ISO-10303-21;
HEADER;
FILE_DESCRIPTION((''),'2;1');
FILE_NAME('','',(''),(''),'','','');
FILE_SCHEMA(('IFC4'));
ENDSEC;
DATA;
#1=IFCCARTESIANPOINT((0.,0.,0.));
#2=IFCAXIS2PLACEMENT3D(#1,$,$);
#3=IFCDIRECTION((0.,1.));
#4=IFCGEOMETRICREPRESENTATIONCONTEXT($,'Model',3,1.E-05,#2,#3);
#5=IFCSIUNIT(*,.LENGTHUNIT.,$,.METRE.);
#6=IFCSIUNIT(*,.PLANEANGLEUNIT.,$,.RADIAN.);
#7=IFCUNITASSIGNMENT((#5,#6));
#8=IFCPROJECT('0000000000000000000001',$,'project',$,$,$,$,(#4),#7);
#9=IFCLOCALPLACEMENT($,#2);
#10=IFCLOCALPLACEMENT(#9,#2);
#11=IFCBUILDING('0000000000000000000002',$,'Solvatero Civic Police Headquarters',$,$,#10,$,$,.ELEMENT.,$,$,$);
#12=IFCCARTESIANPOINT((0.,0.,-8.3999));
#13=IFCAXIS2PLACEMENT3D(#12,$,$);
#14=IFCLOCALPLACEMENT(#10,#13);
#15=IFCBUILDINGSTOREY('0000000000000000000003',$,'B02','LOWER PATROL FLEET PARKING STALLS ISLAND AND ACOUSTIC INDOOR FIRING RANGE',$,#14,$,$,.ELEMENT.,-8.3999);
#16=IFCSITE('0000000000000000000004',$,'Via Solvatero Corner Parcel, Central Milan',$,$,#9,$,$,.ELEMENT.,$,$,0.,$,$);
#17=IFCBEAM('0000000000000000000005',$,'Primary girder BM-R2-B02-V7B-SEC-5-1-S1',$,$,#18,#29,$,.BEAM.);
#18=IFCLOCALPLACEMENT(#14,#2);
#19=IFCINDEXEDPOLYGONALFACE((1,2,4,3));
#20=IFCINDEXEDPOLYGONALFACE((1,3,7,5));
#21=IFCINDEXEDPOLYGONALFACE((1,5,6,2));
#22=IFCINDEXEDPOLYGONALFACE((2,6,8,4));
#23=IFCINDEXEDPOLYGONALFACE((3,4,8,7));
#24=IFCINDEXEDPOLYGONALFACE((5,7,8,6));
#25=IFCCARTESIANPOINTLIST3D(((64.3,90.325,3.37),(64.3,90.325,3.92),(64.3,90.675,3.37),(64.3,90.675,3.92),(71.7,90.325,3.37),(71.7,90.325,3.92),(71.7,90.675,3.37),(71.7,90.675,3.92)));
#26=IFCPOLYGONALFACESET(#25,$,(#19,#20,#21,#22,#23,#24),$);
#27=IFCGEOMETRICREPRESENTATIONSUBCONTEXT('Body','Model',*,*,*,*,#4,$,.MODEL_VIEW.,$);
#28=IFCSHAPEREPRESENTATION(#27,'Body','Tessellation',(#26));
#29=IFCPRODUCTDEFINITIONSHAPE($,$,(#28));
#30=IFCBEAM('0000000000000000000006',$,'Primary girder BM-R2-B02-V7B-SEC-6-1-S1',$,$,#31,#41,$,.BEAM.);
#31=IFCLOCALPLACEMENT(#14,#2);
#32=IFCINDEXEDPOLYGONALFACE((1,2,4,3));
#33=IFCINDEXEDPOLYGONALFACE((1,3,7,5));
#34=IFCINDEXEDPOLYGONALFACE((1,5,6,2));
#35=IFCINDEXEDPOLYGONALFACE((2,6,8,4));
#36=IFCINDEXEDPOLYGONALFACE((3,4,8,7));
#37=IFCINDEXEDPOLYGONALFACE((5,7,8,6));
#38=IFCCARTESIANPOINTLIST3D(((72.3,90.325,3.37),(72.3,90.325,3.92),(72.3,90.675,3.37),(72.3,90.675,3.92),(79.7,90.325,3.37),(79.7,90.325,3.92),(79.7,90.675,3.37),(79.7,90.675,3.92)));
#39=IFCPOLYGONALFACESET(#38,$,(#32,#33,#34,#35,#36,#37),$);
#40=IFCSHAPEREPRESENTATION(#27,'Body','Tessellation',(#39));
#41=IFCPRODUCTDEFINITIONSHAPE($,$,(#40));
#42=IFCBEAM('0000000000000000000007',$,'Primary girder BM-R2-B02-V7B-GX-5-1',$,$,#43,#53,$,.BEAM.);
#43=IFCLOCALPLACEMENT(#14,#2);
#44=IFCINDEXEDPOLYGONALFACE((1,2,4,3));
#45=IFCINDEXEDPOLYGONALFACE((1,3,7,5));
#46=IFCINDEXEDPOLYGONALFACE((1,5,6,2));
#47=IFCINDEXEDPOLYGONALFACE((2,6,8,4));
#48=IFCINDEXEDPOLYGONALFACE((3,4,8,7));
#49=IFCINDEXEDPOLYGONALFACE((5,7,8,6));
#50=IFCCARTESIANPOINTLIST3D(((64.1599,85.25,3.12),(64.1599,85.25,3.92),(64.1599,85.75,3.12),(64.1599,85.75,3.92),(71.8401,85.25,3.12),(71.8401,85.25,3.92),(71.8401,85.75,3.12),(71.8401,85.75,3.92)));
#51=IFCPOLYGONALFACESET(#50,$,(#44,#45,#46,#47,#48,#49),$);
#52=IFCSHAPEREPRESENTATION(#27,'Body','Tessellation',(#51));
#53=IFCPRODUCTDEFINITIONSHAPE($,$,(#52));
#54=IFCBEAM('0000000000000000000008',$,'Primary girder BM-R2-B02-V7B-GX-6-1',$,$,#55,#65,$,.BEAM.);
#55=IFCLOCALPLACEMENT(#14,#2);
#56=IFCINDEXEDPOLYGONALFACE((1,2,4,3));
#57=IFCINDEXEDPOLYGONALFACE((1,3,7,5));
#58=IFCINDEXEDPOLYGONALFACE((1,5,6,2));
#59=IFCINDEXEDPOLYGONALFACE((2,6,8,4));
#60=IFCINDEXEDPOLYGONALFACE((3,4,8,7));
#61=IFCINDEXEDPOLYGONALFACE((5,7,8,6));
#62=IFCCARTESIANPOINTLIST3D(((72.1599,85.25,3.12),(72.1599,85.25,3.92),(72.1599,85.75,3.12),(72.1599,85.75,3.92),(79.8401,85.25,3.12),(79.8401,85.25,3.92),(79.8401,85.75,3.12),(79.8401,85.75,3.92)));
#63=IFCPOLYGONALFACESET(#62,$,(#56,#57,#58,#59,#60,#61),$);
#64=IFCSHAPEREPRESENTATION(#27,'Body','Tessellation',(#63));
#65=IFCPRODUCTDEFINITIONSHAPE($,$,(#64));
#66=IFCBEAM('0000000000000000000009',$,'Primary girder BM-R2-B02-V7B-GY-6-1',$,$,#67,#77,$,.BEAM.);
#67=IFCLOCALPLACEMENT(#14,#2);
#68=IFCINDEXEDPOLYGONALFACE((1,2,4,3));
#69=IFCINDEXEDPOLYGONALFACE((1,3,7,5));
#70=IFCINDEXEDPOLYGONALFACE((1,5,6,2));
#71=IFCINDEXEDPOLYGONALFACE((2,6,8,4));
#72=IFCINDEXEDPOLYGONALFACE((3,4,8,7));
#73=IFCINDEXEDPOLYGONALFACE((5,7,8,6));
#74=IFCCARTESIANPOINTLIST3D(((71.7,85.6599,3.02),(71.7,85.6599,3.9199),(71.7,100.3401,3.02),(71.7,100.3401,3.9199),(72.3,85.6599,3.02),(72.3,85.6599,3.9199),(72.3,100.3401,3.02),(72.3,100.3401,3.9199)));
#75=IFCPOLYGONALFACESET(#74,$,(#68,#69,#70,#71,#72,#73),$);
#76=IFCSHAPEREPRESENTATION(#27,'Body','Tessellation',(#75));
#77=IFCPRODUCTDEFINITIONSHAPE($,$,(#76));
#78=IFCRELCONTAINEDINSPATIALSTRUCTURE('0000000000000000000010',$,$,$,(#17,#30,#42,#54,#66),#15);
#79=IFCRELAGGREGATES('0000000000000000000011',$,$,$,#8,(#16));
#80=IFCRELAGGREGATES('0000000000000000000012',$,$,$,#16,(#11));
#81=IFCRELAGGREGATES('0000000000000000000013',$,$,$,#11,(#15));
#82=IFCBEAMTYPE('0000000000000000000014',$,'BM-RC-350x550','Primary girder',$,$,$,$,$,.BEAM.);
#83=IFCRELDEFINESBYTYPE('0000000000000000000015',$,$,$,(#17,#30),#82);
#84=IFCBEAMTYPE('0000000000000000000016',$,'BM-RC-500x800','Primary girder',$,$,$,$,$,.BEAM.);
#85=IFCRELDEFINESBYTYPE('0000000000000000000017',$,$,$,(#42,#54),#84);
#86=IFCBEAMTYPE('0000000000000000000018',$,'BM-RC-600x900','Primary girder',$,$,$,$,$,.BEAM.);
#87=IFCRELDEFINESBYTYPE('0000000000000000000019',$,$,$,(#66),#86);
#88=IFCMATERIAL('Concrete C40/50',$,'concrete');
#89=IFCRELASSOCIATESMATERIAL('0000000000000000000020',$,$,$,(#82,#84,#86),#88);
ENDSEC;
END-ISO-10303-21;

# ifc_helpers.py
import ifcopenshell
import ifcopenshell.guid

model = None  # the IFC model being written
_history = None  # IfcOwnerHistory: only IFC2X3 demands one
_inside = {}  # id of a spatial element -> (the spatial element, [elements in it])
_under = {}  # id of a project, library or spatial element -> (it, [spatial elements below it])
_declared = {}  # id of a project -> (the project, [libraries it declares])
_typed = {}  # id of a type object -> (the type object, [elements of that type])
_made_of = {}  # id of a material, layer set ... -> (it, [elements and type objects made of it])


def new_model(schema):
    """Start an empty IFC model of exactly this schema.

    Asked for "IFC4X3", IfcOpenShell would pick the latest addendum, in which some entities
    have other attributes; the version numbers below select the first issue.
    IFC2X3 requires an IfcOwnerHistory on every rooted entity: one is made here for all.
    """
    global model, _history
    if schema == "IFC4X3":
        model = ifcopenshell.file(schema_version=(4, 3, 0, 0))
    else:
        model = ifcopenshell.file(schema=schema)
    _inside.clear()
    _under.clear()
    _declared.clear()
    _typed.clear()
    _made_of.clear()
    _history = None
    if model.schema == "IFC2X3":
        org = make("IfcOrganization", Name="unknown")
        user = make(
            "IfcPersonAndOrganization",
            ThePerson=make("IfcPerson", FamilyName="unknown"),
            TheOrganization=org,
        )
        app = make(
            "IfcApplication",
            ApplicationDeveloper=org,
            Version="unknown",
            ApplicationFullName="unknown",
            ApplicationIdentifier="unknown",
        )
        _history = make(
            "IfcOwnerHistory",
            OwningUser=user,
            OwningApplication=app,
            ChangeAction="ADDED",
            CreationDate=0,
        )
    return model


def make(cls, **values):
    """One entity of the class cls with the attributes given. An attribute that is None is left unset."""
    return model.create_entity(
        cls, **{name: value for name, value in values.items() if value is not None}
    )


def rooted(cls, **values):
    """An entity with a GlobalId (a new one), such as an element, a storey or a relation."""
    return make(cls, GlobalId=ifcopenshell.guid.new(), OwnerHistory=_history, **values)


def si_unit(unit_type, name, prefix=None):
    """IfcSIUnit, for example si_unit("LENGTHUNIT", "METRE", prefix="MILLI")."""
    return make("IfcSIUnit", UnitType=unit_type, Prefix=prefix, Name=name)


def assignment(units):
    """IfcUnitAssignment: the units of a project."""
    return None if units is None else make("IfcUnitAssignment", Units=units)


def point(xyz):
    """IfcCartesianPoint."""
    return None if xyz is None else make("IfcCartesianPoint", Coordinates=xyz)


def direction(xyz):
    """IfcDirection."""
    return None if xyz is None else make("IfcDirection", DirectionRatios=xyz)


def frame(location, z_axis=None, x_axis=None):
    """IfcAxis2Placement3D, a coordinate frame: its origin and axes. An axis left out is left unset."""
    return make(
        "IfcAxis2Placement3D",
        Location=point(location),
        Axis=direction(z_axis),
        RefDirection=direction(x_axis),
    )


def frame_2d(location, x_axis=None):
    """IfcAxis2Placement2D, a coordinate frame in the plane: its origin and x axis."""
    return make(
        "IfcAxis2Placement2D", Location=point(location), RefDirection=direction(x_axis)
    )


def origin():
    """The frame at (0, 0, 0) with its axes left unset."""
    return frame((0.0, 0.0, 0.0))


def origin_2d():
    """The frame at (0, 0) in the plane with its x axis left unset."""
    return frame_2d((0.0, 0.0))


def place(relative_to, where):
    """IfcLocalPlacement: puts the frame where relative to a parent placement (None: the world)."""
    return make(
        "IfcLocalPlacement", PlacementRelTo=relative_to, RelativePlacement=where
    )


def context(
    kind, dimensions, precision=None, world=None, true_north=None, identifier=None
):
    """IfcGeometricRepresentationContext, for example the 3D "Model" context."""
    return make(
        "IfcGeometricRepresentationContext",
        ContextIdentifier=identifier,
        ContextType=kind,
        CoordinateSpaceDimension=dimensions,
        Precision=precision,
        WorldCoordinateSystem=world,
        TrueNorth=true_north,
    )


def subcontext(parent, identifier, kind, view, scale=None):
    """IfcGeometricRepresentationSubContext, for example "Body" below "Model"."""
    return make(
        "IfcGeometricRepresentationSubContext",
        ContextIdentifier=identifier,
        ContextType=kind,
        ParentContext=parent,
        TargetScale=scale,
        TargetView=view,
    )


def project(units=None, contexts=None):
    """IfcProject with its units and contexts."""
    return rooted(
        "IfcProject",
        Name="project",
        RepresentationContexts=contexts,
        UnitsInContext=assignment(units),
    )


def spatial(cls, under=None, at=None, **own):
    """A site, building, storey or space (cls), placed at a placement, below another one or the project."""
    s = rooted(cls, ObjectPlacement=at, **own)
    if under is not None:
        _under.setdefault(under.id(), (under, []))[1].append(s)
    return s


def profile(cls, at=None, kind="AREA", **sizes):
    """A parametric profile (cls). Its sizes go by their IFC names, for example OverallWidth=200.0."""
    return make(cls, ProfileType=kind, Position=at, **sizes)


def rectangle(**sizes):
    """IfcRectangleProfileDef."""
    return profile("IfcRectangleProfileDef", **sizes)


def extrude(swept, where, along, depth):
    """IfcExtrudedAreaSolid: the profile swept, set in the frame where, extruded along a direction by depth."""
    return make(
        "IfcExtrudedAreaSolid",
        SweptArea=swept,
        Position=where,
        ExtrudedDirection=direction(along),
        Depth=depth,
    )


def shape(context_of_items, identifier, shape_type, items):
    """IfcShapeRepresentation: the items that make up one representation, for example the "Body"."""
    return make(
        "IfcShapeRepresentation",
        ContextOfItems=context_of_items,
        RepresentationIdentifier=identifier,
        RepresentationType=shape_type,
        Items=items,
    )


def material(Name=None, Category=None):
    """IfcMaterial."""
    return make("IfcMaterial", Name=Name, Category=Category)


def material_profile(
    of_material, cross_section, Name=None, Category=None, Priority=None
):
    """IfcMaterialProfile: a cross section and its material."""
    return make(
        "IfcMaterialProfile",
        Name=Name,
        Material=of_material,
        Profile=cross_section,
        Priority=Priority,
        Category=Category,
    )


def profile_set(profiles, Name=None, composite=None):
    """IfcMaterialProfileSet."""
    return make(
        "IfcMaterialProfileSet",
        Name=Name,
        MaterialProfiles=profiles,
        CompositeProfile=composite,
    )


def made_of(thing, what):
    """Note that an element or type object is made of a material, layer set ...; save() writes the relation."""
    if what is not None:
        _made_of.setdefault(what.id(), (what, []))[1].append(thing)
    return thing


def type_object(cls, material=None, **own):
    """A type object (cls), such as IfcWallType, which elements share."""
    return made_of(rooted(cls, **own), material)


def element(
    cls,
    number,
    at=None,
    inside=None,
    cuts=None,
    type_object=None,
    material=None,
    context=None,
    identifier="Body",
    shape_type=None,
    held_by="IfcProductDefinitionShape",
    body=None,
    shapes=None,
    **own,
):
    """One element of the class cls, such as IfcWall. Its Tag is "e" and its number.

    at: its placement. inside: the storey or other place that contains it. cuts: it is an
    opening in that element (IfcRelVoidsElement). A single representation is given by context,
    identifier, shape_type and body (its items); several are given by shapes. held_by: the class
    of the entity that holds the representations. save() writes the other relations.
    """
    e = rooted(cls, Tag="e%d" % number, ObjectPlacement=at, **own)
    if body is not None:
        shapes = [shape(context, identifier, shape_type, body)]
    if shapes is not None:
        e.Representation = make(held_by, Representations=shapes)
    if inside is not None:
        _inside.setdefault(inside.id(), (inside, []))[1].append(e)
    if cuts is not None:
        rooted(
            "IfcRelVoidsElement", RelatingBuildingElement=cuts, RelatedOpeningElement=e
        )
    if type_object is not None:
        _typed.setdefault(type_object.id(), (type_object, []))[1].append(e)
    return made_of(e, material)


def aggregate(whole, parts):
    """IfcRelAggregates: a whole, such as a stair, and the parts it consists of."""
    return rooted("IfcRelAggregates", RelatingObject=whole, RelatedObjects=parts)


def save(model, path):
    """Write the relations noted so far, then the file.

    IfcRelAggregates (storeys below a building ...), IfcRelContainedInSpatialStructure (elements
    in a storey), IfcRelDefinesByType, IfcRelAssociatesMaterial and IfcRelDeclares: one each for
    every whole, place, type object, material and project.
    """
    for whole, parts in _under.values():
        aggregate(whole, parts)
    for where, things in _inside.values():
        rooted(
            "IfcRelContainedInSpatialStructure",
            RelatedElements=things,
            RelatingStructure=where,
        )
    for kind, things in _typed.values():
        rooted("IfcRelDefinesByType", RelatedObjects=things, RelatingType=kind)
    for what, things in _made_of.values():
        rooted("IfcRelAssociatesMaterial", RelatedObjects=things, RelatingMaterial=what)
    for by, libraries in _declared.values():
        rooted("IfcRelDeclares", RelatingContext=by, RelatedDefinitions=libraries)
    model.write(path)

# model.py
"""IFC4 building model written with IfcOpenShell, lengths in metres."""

from ifc_helpers import new_model, si_unit, direction, frame, origin, origin_2d, place, context, subcontext, project, spatial, rectangle, extrude, material, material_profile, profile_set, type_object, element, save


model = new_model("IFC4")

# Units and contexts
model_context = context("Model", 3, precision=1e-05, world=origin(), true_north=direction((0.0, 1.0)))
body_context = subcontext(model_context, "Body", "Model", "MODEL_VIEW")
ifc_project = project(units=[si_unit("LENGTHUNIT", "METRE"), si_unit("PLANEANGLEUNIT", "RADIAN")], contexts=[model_context])

# Site, building, storey
site_placement = place(None, origin())
site = spatial("IfcSite", under=ifc_project, at=site_placement, Name="Via Solvatero Corner Parcel, Central Milan", CompositionType="ELEMENT", RefElevation=0.0)
building_placement = place(site_placement, origin())
building = spatial("IfcBuilding", under=site, at=building_placement, Name="Solvatero Civic Police Headquarters", CompositionType="ELEMENT")
storey_placement = place(building_placement, frame((0.0, 0.0, -8.3999)))
storey = spatial("IfcBuildingStorey", under=building, at=storey_placement, Name="B02", Description="LOWER PATROL FLEET PARKING STALLS ISLAND AND ACOUSTIC INDOOR FIRING RANGE", CompositionType="ELEMENT", Elevation=-8.3999)

# Shared definitions
ifc_material_1 = material(Name="Concrete C40/50", Category="concrete")

# Beams
ifc_material_profile_1 = material_profile(ifc_material_1, rectangle(XDim=0.3501, YDim=0.55, at=origin_2d()), Name="RC 350x550")
ifc_profile_set_1 = profile_set([ifc_material_profile_1], Name="Concrete C40/50")
beam_type_1 = type_object("IfcBeamType", Name="BM-RC-350x550", Description="Primary girder", PredefinedType="BEAM", material=ifc_profile_set_1)
for number, where, z_axis, x_axis, name in (
    (1, (64.3, 90.5, 3.645), (1.0, 0.0, 0.0), (0.0, 1.0, 0.0), "Primary girder BM-R2-B02-V7B-SEC-5-1-S1"),
    (2, (72.3, 90.5, 3.645), (1.0, 0.0, 0.0), (0.0, 1.0, 0.0), "Primary girder BM-R2-B02-V7B-SEC-6-1-S1"),
):
    element("IfcBeam", number, at=place(storey_placement, frame(where, z_axis=z_axis, x_axis=x_axis)), inside=storey, type_object=beam_type_1, Name=name, PredefinedType="BEAM", context=body_context, shape_type="SweptSolid", body=[
        extrude(rectangle(XDim=0.3501, YDim=0.55, at=origin_2d()), origin(), (0.0, 0.0, 1.0), 7.3999),
    ])
ifc_material_profile_2 = material_profile(ifc_material_1, rectangle(XDim=0.5, YDim=0.8, at=origin_2d()), Name="RC 500x800")
ifc_profile_set_2 = profile_set([ifc_material_profile_2], Name="Concrete C40/50")
beam_type_2 = type_object("IfcBeamType", Name="BM-RC-500x800", Description="Primary girder", PredefinedType="BEAM", material=ifc_profile_set_2)
for number, where, z_axis, x_axis, name in (
    (3, (64.1599, 85.5, 3.52), (1.0, 0.0, 0.0), (0.0, 1.0, 0.0), "Primary girder BM-R2-B02-V7B-GX-5-1"),
    (4, (72.1599, 85.5, 3.52), (1.0, 0.0, 0.0), (0.0, 1.0, 0.0), "Primary girder BM-R2-B02-V7B-GX-6-1"),
):
    element("IfcBeam", number, at=place(storey_placement, frame(where, z_axis=z_axis, x_axis=x_axis)), inside=storey, type_object=beam_type_2, Name=name, PredefinedType="BEAM", context=body_context, shape_type="SweptSolid", body=[
        extrude(rectangle(XDim=0.5, YDim=0.8, at=origin_2d()), origin(), (0.0, 0.0, 1.0), 7.6802),
    ])
ifc_material_profile_3 = material_profile(ifc_material_1, rectangle(XDim=0.6001, YDim=0.8999, at=origin_2d()), Name="RC 600x900")
ifc_profile_set_3 = profile_set([ifc_material_profile_3], Name="Concrete C40/50")
beam_type_3 = type_object("IfcBeamType", Name="BM-RC-600x900", Description="Primary girder", PredefinedType="BEAM", material=ifc_profile_set_3)
beam_placement = place(storey_placement, frame((72.0, 85.6599, 3.47), z_axis=(0.0, 1.0, 0.0), x_axis=(-1.0, 0.0, 0.0)))
element("IfcBeam", 5, at=beam_placement, inside=storey, type_object=beam_type_3, Name="Primary girder BM-R2-B02-V7B-GY-6-1", PredefinedType="BEAM", context=body_context, shape_type="SweptSolid", body=[
    extrude(rectangle(XDim=0.6001, YDim=0.8999, at=origin_2d()), origin(), (0.0, 0.0, 1.0), 14.6802),
])

save(model, "model.ifc")
